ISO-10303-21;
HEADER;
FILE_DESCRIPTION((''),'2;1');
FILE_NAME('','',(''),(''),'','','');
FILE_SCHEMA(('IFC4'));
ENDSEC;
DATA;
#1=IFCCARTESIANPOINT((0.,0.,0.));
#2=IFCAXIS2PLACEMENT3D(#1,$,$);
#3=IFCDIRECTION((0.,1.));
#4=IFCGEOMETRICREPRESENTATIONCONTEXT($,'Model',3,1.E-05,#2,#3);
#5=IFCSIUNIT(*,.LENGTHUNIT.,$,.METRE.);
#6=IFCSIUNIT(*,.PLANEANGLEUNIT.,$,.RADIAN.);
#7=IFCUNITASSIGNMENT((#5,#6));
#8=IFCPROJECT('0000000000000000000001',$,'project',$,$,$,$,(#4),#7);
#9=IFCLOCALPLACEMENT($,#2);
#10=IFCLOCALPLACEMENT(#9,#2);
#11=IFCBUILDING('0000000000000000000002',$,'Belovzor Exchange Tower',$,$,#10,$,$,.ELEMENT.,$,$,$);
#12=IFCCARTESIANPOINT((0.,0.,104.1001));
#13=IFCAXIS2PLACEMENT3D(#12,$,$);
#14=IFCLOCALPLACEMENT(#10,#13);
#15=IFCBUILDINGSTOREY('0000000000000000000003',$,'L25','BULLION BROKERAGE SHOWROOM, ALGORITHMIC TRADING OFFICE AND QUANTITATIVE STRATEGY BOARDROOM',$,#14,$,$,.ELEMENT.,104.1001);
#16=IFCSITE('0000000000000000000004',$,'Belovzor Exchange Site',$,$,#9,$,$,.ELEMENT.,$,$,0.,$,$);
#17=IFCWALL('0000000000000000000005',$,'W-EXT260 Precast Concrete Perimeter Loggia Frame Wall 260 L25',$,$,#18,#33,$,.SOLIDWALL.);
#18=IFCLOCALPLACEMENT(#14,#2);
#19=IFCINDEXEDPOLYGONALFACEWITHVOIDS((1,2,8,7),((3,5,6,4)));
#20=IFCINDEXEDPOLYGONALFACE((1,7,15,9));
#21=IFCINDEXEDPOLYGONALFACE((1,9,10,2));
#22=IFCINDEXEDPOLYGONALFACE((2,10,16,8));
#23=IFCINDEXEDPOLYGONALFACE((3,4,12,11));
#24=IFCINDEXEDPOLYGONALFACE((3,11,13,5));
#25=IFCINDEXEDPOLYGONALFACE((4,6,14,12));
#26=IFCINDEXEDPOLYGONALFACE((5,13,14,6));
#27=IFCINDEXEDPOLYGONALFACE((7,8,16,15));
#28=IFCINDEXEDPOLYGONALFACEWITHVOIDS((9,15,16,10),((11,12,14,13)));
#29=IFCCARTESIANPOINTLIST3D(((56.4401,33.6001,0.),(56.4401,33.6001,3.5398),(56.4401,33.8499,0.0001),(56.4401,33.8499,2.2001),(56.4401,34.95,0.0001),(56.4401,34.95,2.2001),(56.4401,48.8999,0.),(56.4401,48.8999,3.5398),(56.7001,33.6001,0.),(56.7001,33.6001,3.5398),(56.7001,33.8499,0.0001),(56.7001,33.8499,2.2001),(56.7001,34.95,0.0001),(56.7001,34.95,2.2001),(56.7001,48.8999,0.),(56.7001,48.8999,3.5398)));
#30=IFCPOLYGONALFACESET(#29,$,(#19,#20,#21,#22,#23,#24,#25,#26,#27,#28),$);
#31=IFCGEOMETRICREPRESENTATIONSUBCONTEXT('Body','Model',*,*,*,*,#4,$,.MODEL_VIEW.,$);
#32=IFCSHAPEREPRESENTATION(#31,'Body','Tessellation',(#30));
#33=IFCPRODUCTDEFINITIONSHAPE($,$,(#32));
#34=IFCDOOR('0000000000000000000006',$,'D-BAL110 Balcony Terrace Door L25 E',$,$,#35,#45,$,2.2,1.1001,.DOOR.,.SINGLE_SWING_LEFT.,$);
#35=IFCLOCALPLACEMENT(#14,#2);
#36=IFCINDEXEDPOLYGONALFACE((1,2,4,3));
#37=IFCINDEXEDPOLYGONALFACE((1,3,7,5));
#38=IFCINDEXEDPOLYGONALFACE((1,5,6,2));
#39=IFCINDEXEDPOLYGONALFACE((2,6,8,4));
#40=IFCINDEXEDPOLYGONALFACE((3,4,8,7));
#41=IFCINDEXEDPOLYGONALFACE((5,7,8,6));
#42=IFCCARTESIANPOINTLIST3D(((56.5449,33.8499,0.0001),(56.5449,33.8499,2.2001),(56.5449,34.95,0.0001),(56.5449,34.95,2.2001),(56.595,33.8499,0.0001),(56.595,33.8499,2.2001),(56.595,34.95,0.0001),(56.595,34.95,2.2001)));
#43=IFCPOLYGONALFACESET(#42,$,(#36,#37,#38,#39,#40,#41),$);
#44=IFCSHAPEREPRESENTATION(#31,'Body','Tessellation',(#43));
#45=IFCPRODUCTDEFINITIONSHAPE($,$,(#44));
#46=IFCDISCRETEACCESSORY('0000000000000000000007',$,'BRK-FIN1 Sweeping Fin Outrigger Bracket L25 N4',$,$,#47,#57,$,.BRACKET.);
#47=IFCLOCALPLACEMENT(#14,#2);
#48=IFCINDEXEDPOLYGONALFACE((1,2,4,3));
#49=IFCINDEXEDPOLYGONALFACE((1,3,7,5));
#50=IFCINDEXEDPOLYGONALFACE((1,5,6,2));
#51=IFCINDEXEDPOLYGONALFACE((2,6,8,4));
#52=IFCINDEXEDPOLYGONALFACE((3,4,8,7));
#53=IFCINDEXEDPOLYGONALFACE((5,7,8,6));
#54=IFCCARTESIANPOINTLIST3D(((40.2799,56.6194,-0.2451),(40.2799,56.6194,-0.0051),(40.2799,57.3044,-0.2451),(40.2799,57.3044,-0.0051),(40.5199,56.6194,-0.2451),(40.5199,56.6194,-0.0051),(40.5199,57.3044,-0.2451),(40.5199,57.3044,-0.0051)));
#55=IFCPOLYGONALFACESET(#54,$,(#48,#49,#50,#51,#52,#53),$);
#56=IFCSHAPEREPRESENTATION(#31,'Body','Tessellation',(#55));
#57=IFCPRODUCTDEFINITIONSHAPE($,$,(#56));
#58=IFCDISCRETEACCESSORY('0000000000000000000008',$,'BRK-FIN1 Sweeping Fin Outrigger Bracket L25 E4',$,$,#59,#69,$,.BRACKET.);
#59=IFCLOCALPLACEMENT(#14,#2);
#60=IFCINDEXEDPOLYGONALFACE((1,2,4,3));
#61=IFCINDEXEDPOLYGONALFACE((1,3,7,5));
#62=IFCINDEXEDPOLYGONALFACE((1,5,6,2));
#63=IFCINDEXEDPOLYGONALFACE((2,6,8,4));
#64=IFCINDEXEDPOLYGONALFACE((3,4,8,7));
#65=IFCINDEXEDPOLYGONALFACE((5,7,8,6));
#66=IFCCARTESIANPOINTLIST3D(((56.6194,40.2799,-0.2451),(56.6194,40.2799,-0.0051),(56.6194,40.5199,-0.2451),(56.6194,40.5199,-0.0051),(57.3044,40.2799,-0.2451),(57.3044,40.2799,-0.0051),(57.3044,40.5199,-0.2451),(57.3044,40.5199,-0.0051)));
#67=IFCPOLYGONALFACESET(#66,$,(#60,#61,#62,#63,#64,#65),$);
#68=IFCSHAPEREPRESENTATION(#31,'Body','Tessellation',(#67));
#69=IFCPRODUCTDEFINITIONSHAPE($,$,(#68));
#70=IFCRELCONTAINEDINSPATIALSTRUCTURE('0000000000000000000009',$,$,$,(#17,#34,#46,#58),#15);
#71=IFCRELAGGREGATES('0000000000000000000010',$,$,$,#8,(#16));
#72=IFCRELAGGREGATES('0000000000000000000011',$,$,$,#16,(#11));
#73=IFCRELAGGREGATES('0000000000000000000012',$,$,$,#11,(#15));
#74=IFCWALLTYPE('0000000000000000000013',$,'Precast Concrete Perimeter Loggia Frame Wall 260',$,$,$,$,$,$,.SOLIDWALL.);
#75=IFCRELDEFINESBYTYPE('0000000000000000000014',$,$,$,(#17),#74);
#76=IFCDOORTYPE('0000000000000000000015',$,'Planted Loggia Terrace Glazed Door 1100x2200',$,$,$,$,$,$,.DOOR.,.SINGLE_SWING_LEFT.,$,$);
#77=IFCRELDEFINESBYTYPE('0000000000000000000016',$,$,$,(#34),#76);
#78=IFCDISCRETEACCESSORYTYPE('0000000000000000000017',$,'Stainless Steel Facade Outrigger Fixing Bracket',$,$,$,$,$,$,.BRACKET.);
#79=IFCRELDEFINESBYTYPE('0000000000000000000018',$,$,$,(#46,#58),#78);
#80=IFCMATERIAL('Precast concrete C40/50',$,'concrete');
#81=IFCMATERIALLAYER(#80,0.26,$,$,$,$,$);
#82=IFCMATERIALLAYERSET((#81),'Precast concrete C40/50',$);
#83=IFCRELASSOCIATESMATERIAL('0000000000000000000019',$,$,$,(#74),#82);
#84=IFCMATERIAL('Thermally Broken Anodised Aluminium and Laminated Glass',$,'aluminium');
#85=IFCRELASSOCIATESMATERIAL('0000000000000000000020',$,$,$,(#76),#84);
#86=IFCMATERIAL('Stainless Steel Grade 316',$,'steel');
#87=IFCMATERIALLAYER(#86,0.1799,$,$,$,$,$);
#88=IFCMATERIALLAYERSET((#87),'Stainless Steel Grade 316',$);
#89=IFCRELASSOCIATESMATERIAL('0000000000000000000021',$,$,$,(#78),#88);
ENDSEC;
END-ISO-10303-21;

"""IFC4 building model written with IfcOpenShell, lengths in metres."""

from ifc_helpers import new_model, si_unit, direction, frame, frame_2d, origin, origin_2d, place, context, subcontext, project, spatial, rectangle, extrude, material, layer, layer_set, type_object, element, fill, save


model = new_model("IFC4")

# Units and contexts
model_context = context("Model", 3, precision=1e-05, world=origin(), true_north=direction((0.0, 1.0)))
body_context = subcontext(model_context, "Body", "Model", "MODEL_VIEW")
ifc_project = project(units=[si_unit("LENGTHUNIT", "METRE"), si_unit("PLANEANGLEUNIT", "RADIAN")], contexts=[model_context])

# Site, building, storey
site_placement = place(None, origin())
site = spatial("IfcSite", under=ifc_project, at=site_placement, Name="Belovzor Exchange Site", CompositionType="ELEMENT", RefElevation=0.0)
building_placement = place(site_placement, origin())
building = spatial("IfcBuilding", under=site, at=building_placement, Name="Belovzor Exchange Tower", CompositionType="ELEMENT")
storey_placement = place(building_placement, frame((0.0, 0.0, 104.1001)))
storey = spatial("IfcBuildingStorey", under=building, at=storey_placement, Name="L25", Description="BULLION BROKERAGE SHOWROOM, ALGORITHMIC TRADING OFFICE AND QUANTITATIVE STRATEGY BOARDROOM", CompositionType="ELEMENT", Elevation=104.1001)

# Wall, opening, door
ifc_material_1 = material(Name="Precast concrete C40/50", Category="concrete")
ifc_layer_1 = layer(ifc_material_1, 0.26)
ifc_layer_set_1 = layer_set([ifc_layer_1], Name="Precast concrete C40/50")
wall_type_1 = type_object("IfcWallType", Name="Precast Concrete Perimeter Loggia Frame Wall 260", PredefinedType="SOLIDWALL", material=ifc_layer_set_1)
wall_1_placement = place(storey_placement, frame((56.5701, 48.8999, 0.0), z_axis=(0.0, 0.0, 1.0), x_axis=(0.0, -1.0, 0.0)))
wall_1 = element("IfcWall", 1, at=wall_1_placement, inside=storey, type_object=wall_type_1, Name="W-EXT260 Precast Concrete Perimeter Loggia Frame Wall 260 L25", PredefinedType="SOLIDWALL", context=body_context, shape_type="SweptSolid", body=[
    extrude(rectangle(XDim=15.2998, YDim=0.26, at=frame_2d((7.6499, 0.0))), origin(), (0.0, 0.0, 1.0), 3.5398),
])
opening_1_placement = place(wall_1_placement, frame((13.95, 0.0, 0.0)))
opening_1 = element("IfcOpeningElement", 2, at=opening_1_placement, cuts=wall_1, PredefinedType="OPENING", context=body_context, shape_type="SweptSolid", body=[
    extrude(rectangle(XDim=1.1001, YDim=2.2, at=frame_2d((0.55, 1.1001))), frame((0.0, 0.1399, 0.0), z_axis=(0.0, -1.0, 0.0), x_axis=(1.0, 0.0, 0.0)), (0.0, 0.0, 1.0), 0.28),
])
ifc_material_2 = material(Name="Thermally Broken Anodised Aluminium and Laminated Glass", Category="aluminium")
door_type = type_object("IfcDoorType", Name="Planted Loggia Terrace Glazed Door 1100x2200", OperationType="SINGLE_SWING_LEFT", PredefinedType="DOOR", material=ifc_material_2)
door_placement = place(opening_1_placement, origin())
door = element("IfcDoor", 3, at=door_placement, inside=storey, type_object=door_type, Name="D-BAL110 Balcony Terrace Door L25 E", OperationType="SINGLE_SWING_LEFT", OverallHeight=2.2, OverallWidth=1.1001, PredefinedType="DOOR", context=body_context, shape_type="SweptSolid", body=[
    extrude(rectangle(XDim=1.1001, YDim=2.2, at=frame_2d((0.55, 1.1001))), frame((0.0, 0.0249, 0.0), z_axis=(0.0, -1.0, 0.0), x_axis=(1.0, 0.0, 0.0)), (0.0, 0.0, 1.0), 0.05),
])
fill(opening_1, door)

# Discrete accessories
ifc_material_3 = material(Name="Stainless Steel Grade 316", Category="steel")
ifc_layer_2 = layer(ifc_material_3, 0.1799)
ifc_layer_set_2 = layer_set([ifc_layer_2], Name="Stainless Steel Grade 316")
discrete_accessory_type = type_object("IfcDiscreteAccessoryType", Name="Stainless Steel Facade Outrigger Fixing Bracket", PredefinedType="BRACKET", material=ifc_layer_set_2)
for number, where, z_axis, x_axis, name in (
    (4, (40.3999, 56.9619, -0.2451), (0.0, 0.0, 1.0), (0.0, 1.0, 0.0), "BRK-FIN1 Sweeping Fin Outrigger Bracket L25 N4"),
    (5, (56.9619, 40.3999, -0.2451), (0.0, 0.0, 1.0), (1.0, 0.0, 0.0), "BRK-FIN1 Sweeping Fin Outrigger Bracket L25 E4"),
):
    element("IfcDiscreteAccessory", number, at=place(storey_placement, frame(where, z_axis=z_axis, x_axis=x_axis)), inside=storey, type_object=discrete_accessory_type, Name=name, PredefinedType="BRACKET", context=body_context, shape_type="SweptSolid", body=[
        extrude(rectangle(XDim=0.6851, YDim=0.24, at=origin_2d()), origin(), (0.0, 0.0, 1.0), 0.24),
    ])

save(model, "model.ifc")
